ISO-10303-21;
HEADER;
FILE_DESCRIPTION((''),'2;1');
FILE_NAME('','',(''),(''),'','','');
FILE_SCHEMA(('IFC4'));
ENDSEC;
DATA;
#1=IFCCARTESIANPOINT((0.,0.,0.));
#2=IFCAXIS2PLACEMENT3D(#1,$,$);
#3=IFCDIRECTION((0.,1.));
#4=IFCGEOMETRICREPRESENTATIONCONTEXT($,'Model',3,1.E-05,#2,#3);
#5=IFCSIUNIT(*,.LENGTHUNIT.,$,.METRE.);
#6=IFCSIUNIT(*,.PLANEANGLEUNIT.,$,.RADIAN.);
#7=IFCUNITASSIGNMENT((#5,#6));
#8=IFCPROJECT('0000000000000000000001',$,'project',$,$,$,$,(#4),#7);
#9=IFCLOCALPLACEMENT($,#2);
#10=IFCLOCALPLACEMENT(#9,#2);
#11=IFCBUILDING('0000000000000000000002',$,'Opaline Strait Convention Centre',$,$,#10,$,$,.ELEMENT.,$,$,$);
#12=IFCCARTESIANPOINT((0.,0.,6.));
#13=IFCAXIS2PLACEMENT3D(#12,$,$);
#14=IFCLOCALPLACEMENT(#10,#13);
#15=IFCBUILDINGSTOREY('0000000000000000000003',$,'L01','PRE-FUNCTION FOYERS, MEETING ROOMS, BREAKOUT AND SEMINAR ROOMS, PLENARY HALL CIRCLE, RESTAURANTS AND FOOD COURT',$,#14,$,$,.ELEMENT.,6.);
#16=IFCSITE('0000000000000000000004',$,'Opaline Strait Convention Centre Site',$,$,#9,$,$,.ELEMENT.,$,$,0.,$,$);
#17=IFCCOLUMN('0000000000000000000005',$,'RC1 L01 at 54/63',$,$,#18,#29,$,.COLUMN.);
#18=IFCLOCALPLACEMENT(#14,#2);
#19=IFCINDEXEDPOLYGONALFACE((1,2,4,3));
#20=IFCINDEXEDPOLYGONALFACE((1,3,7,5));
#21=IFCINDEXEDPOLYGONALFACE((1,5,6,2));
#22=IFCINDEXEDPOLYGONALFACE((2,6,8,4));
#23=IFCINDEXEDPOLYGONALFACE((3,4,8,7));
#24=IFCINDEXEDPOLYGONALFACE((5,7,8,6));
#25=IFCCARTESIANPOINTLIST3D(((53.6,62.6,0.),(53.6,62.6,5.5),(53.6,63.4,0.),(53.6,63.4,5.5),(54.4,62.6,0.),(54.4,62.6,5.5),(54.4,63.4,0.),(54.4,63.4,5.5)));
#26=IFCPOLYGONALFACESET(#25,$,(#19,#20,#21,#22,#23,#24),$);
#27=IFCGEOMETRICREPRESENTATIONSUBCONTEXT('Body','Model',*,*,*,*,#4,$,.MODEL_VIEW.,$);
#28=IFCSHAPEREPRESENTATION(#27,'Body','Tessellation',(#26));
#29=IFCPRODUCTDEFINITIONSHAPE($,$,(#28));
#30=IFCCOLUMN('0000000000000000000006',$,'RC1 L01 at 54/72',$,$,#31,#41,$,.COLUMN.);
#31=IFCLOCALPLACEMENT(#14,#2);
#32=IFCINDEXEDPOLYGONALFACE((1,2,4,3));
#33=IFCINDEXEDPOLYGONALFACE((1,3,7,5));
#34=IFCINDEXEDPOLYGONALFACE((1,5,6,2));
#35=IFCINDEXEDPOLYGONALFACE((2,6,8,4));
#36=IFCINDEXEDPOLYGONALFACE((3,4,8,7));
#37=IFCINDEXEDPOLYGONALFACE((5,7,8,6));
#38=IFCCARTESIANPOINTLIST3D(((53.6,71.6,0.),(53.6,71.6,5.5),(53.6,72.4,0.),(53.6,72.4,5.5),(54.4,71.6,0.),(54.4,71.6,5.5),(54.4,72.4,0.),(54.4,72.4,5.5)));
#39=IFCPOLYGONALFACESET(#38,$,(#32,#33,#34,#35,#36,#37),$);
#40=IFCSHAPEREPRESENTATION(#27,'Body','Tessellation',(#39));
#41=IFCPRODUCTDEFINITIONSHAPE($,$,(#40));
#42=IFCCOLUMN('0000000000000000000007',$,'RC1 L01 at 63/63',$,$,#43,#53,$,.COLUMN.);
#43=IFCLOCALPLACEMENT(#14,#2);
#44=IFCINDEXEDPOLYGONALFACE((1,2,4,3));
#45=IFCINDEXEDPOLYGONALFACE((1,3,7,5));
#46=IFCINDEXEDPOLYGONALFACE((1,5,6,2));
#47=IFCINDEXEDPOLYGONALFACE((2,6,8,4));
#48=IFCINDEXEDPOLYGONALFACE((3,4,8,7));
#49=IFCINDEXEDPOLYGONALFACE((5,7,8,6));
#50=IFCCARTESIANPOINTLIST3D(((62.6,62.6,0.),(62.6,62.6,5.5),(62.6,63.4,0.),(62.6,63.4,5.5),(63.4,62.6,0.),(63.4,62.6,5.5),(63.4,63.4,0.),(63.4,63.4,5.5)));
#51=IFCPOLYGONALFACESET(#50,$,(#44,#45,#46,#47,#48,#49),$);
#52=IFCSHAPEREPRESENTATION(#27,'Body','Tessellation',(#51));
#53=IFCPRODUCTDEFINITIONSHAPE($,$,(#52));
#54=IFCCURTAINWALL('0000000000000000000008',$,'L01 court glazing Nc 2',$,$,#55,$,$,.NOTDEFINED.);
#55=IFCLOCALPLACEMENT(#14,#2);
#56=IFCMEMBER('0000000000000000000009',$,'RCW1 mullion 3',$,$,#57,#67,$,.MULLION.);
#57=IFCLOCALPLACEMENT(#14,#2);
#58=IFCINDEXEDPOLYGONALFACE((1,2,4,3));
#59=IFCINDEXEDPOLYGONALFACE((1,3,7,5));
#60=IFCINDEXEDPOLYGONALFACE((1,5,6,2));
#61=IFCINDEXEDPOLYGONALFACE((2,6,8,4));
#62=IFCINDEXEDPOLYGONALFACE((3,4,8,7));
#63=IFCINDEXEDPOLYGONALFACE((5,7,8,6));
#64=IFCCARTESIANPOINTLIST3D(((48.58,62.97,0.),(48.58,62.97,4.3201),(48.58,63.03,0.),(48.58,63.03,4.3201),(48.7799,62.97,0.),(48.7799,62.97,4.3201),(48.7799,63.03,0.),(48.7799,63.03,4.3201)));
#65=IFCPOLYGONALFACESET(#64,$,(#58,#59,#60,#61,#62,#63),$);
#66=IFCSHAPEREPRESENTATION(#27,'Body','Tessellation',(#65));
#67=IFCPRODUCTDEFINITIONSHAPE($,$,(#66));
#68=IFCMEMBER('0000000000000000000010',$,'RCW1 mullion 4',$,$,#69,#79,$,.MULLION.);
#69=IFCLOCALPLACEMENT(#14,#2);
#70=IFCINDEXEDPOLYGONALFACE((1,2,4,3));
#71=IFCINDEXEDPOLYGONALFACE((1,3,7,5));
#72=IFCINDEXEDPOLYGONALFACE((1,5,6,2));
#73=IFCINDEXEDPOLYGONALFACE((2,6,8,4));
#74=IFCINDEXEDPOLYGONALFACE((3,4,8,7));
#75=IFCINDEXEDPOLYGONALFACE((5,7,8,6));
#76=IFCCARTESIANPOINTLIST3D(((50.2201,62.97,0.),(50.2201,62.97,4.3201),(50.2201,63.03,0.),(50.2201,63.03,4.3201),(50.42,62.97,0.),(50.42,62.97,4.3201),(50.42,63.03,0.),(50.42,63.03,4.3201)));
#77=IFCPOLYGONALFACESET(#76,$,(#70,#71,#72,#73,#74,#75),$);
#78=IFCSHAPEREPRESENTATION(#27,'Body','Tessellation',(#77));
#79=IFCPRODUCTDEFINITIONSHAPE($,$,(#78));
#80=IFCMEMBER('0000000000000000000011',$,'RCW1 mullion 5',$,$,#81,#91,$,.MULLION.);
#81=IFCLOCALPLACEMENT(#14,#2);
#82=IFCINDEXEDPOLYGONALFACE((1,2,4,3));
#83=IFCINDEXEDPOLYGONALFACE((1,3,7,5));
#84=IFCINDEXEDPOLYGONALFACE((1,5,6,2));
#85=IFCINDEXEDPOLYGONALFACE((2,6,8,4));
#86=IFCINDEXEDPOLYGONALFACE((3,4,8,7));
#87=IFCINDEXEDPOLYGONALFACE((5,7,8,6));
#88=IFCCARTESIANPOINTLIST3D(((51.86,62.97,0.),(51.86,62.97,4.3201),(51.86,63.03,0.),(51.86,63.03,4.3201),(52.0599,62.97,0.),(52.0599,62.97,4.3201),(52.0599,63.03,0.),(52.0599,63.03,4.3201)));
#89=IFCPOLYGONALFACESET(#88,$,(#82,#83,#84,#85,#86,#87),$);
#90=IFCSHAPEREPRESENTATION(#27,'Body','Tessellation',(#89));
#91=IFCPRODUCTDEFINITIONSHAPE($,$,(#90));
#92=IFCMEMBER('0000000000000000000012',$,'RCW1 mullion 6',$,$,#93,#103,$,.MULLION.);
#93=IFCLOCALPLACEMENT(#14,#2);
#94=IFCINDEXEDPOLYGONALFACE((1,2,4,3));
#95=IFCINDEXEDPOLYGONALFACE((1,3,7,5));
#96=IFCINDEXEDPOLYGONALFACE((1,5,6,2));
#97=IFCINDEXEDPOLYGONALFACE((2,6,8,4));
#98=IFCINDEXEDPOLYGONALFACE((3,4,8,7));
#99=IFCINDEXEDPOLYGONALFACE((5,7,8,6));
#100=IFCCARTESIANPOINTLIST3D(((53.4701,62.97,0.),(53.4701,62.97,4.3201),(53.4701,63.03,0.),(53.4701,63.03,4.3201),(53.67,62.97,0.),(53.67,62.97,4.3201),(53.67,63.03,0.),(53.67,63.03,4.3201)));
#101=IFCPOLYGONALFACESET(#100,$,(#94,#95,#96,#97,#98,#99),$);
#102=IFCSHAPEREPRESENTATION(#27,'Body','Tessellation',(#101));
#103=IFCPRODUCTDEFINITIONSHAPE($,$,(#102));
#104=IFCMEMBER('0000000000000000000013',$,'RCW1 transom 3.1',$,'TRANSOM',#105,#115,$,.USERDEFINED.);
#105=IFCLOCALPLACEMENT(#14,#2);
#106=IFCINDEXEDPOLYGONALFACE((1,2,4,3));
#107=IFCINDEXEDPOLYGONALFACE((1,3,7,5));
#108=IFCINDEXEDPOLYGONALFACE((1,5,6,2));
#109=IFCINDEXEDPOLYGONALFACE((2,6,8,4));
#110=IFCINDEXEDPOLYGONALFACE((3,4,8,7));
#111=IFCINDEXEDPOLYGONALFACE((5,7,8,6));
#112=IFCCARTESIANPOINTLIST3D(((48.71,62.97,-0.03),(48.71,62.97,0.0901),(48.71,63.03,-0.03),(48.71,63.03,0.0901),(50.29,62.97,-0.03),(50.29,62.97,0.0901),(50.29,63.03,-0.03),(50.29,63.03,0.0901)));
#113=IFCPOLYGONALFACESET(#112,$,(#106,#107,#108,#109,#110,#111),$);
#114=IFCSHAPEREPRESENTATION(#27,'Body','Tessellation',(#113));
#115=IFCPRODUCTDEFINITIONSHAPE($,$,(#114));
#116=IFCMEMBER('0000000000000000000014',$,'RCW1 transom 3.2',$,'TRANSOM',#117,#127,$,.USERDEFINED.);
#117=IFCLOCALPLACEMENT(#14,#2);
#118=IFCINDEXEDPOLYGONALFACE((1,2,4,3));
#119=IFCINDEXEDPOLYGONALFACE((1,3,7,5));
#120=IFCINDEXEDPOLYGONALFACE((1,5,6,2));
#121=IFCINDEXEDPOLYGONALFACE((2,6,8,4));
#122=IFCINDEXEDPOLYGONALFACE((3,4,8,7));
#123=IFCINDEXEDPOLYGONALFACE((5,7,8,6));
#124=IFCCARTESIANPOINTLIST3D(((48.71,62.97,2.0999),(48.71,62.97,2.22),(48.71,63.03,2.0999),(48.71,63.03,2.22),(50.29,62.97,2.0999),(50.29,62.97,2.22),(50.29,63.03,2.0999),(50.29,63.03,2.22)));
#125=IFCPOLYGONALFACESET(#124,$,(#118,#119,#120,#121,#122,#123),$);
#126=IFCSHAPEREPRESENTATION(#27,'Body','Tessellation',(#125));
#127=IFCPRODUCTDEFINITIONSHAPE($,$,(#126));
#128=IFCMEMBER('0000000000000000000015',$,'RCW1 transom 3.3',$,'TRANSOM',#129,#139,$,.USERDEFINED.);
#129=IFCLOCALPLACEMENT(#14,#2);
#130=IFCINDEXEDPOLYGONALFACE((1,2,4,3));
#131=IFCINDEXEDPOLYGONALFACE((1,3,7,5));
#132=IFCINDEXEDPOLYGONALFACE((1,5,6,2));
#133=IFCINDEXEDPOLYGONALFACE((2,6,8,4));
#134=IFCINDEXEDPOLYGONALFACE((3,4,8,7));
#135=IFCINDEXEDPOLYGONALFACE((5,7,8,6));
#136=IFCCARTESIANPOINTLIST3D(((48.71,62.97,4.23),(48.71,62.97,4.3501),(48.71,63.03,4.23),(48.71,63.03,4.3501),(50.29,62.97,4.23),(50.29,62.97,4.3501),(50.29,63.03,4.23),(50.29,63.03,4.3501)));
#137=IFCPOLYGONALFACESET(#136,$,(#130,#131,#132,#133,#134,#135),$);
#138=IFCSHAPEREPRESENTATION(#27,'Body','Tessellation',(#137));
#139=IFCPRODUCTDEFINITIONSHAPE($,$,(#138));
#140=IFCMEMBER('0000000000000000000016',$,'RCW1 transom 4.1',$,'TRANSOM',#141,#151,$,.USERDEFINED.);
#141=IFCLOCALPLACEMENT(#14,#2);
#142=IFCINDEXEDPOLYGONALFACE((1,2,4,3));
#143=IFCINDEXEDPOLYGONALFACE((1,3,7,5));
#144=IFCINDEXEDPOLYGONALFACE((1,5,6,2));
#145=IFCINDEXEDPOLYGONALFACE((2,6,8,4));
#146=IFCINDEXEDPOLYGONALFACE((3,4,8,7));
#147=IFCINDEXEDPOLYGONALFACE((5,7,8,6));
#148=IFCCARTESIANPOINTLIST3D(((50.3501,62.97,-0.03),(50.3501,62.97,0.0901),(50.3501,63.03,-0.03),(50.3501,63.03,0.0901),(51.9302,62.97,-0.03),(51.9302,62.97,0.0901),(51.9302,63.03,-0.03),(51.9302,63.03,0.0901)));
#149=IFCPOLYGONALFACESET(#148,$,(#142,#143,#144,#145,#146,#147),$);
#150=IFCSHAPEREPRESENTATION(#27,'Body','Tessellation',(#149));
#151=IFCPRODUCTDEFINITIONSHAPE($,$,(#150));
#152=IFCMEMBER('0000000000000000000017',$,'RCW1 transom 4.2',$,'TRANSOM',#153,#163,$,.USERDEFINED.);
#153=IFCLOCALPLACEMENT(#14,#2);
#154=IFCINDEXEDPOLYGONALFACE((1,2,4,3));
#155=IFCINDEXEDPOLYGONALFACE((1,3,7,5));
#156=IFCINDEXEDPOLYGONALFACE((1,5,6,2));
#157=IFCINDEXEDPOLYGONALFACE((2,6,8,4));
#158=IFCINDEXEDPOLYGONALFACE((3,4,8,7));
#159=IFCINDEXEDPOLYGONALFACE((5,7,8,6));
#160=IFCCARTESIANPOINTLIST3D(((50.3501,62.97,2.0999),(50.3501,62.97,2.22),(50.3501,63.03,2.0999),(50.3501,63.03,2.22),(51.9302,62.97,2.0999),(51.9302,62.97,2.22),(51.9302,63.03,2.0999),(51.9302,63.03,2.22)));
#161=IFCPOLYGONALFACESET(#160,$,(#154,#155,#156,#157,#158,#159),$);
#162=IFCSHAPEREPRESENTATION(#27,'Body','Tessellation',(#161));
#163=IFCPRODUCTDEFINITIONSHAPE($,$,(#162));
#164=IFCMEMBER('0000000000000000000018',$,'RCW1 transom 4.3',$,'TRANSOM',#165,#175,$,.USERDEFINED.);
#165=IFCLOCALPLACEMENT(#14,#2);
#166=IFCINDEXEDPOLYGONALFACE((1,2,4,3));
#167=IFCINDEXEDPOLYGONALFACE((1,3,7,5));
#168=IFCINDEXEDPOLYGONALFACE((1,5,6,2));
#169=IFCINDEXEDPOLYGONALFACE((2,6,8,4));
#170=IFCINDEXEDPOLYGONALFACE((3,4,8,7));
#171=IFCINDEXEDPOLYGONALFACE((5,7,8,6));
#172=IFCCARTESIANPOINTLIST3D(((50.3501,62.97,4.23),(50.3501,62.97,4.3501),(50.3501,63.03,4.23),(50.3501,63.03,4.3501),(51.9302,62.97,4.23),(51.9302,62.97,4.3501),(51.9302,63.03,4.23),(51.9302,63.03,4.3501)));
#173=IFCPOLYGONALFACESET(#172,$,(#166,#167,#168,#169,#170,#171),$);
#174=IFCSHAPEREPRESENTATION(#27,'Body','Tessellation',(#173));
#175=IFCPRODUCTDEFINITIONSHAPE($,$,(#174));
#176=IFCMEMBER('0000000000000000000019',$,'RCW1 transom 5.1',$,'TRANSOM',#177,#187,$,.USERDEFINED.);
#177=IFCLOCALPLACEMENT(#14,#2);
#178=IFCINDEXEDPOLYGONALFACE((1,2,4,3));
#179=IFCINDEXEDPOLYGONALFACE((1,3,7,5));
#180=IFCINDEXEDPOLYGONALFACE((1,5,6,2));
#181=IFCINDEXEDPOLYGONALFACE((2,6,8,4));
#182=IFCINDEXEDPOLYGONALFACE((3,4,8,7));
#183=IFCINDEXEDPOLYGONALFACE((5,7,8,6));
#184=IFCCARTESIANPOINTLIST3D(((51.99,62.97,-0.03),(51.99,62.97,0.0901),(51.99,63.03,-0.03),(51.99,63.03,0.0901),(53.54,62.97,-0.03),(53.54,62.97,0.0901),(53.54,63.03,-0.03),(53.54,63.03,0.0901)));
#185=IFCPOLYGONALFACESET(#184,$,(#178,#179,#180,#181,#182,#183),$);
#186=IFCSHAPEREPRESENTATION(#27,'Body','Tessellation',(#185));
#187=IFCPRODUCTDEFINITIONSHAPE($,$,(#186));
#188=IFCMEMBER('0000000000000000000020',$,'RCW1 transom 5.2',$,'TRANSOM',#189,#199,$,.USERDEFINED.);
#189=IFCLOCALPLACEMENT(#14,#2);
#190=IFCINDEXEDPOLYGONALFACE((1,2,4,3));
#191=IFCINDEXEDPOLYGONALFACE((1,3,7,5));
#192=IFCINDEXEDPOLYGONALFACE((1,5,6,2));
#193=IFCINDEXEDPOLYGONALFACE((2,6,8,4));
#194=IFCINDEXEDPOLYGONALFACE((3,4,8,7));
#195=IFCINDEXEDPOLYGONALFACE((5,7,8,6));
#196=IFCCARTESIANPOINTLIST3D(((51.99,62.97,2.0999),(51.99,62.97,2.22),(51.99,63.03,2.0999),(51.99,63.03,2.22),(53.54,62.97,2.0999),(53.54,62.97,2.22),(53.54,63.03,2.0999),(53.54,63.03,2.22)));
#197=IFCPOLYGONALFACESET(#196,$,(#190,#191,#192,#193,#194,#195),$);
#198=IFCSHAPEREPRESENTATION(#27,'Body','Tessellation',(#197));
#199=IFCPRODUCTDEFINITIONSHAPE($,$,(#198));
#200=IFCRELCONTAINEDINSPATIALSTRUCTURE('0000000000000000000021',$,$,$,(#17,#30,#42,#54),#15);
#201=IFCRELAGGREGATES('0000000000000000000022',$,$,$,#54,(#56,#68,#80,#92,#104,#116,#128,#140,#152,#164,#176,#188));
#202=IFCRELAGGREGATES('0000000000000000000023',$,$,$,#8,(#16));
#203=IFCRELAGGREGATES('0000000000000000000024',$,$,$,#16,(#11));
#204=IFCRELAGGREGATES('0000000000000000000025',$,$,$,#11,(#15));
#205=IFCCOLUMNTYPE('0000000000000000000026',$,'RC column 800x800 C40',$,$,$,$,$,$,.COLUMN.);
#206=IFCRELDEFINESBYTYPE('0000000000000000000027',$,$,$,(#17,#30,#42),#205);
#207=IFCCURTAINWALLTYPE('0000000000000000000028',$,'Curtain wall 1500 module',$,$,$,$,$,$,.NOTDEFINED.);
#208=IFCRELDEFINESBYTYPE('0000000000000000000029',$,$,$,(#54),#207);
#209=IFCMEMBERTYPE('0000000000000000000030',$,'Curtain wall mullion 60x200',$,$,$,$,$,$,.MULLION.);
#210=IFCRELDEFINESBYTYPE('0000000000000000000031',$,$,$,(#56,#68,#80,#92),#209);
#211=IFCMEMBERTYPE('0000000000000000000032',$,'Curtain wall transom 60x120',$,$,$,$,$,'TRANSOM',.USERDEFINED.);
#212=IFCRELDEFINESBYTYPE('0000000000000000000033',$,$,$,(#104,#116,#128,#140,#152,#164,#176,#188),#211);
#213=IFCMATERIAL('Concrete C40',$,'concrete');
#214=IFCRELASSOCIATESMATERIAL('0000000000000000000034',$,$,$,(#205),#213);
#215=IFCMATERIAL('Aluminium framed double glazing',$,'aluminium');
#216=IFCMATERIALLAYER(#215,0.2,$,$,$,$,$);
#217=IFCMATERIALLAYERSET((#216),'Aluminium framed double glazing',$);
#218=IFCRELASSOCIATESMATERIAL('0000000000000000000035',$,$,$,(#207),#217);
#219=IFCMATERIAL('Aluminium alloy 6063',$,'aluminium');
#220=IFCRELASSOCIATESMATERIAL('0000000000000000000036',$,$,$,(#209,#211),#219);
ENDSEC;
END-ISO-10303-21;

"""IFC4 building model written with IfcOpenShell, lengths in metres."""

from ifc_helpers import new_model, si_unit, direction, frame, origin, origin_2d, place, context, subcontext, project, spatial, rectangle, extrude, material, layer, layer_set, material_profile, profile_set, type_object, element, aggregate, save


model = new_model("IFC4")

# Units and contexts
model_context = context("Model", 3, precision=1e-05, world=origin(), true_north=direction((0.0, 1.0)))
body_context = subcontext(model_context, "Body", "Model", "MODEL_VIEW")
ifc_project = project(units=[si_unit("LENGTHUNIT", "METRE"), si_unit("PLANEANGLEUNIT", "RADIAN")], contexts=[model_context])

# Site, building, storey
site_placement = place(None, origin())
site = spatial("IfcSite", under=ifc_project, at=site_placement, Name="Opaline Strait Convention Centre Site", CompositionType="ELEMENT", RefElevation=0.0)
building_placement = place(site_placement, origin())
building = spatial("IfcBuilding", under=site, at=building_placement, Name="Opaline Strait Convention Centre", CompositionType="ELEMENT")
storey_placement = place(building_placement, frame((0.0, 0.0, 6.0)))
storey = spatial("IfcBuildingStorey", under=building, at=storey_placement, Name="L01", Description="PRE-FUNCTION FOYERS, MEETING ROOMS, BREAKOUT AND SEMINAR ROOMS, PLENARY HALL CIRCLE, RESTAURANTS AND FOOD COURT", CompositionType="ELEMENT", Elevation=6.0)

# Columns
ifc_material_1 = material(Name="Concrete C40", Category="concrete")
ifc_material_profile_1 = material_profile(ifc_material_1, rectangle(XDim=0.8, YDim=0.8, at=origin_2d()), Name="RC 800x800")
ifc_profile_set_1 = profile_set([ifc_material_profile_1], Name="Concrete C40")
column_type = type_object("IfcColumnType", Name="RC column 800x800 C40", PredefinedType="COLUMN", material=ifc_profile_set_1)
for number, where, z_axis, x_axis, name in (
    (1, (54.0, 63.0, 0.0), (0.0, 0.0, 1.0), (1.0, 0.0, 0.0), "RC1 L01 at 54/63"),
    (2, (54.0, 72.0, 0.0), (0.0, 0.0, 1.0), (1.0, 0.0, 0.0), "RC1 L01 at 54/72"),
    (3, (63.0, 63.0, 0.0), (0.0, 0.0, 1.0), (1.0, 0.0, 0.0), "RC1 L01 at 63/63"),
):
    element("IfcColumn", number, at=place(storey_placement, frame(where, z_axis=z_axis, x_axis=x_axis)), inside=storey, type_object=column_type, Name=name, PredefinedType="COLUMN", context=body_context, shape_type="SweptSolid", body=[
        extrude(rectangle(XDim=0.8, YDim=0.8, at=origin_2d()), origin(), (0.0, 0.0, 1.0), 5.5),
    ])

# Curtain wall, members
ifc_material_2 = material(Name="Aluminium framed double glazing", Category="aluminium")
ifc_layer_1 = layer(ifc_material_2, 0.2)
ifc_layer_set_1 = layer_set([ifc_layer_1], Name="Aluminium framed double glazing")
curtain_wall_type = type_object("IfcCurtainWallType", Name="Curtain wall 1500 module", PredefinedType="NOTDEFINED", material=ifc_layer_set_1)
curtain_wall_placement = place(storey_placement, origin())
curtain_wall = element("IfcCurtainWall", 4, at=curtain_wall_placement, inside=storey, type_object=curtain_wall_type, Name="L01 court glazing Nc 2", PredefinedType="NOTDEFINED")
ifc_material_3 = material(Name="Aluminium alloy 6063", Category="aluminium")
ifc_material_profile_2 = material_profile(ifc_material_3, rectangle(XDim=0.0601, YDim=0.2, at=origin_2d()), Name="Curtain wall mullion 60x200")
ifc_profile_set_2 = profile_set([ifc_material_profile_2], Name="Aluminium alloy 6063")
member_type_1 = type_object("IfcMemberType", Name="Curtain wall mullion 60x200", PredefinedType="MULLION", material=ifc_profile_set_2)
member_1_placement = place(storey_placement, frame((48.6799, 63.0, 0.0), z_axis=(0.0, 0.0, 1.0), x_axis=(0.0, 1.0, 0.0)))
member_1 = element("IfcMember", 5, at=member_1_placement, type_object=member_type_1, Name="RCW1 mullion 3", PredefinedType="MULLION", context=body_context, shape_type="SweptSolid", body=[
    extrude(rectangle(XDim=0.0601, YDim=0.2, at=origin_2d()), origin(), (0.0, 0.0, 1.0), 4.3201),
])
member_2_placement = place(storey_placement, frame((50.3201, 63.0, 0.0), z_axis=(0.0, 0.0, 1.0), x_axis=(0.0, 1.0, 0.0)))
member_2 = element("IfcMember", 6, at=member_2_placement, type_object=member_type_1, Name="RCW1 mullion 4", PredefinedType="MULLION", context=body_context, shape_type="SweptSolid", body=[
    extrude(rectangle(XDim=0.0601, YDim=0.2, at=origin_2d()), origin(), (0.0, 0.0, 1.0), 4.3201),
])
member_3_placement = place(storey_placement, frame((51.96, 63.0, 0.0), z_axis=(0.0, 0.0, 1.0), x_axis=(0.0, 1.0, 0.0)))
member_3 = element("IfcMember", 7, at=member_3_placement, type_object=member_type_1, Name="RCW1 mullion 5", PredefinedType="MULLION", context=body_context, shape_type="SweptSolid", body=[
    extrude(rectangle(XDim=0.0601, YDim=0.2, at=origin_2d()), origin(), (0.0, 0.0, 1.0), 4.3201),
])
member_4_placement = place(storey_placement, frame((53.5701, 63.0, 0.0), z_axis=(0.0, 0.0, 1.0), x_axis=(0.0, 1.0, 0.0)))
member_4 = element("IfcMember", 8, at=member_4_placement, type_object=member_type_1, Name="RCW1 mullion 6", PredefinedType="MULLION", context=body_context, shape_type="SweptSolid", body=[
    extrude(rectangle(XDim=0.0601, YDim=0.2, at=origin_2d()), origin(), (0.0, 0.0, 1.0), 4.3201),
])
ifc_material_profile_3 = material_profile(ifc_material_3, rectangle(XDim=0.0601, YDim=0.1201, at=origin_2d()), Name="Curtain wall transom 60x120")
ifc_profile_set_3 = profile_set([ifc_material_profile_3], Name="Aluminium alloy 6063")
member_type_2 = type_object("IfcMemberType", Name="Curtain wall transom 60x120", ElementType="TRANSOM", PredefinedType="USERDEFINED", material=ifc_profile_set_3)
member_5_placement = place(storey_placement, frame((48.71, 63.0, 0.03), z_axis=(1.0, 0.0, 0.0), x_axis=(0.0, 1.0, 0.0)))
member_5 = element("IfcMember", 9, at=member_5_placement, type_object=member_type_2, Name="RCW1 transom 3.1", ObjectType="TRANSOM", PredefinedType="USERDEFINED", context=body_context, shape_type="SweptSolid", body=[
    extrude(rectangle(XDim=0.0601, YDim=0.1201, at=origin_2d()), origin(), (0.0, 0.0, 1.0), 1.5801),
])
member_6_placement = place(storey_placement, frame((48.71, 63.0, 2.1599), z_axis=(1.0, 0.0, 0.0), x_axis=(0.0, 1.0, 0.0)))
member_6 = element("IfcMember", 10, at=member_6_placement, type_object=member_type_2, Name="RCW1 transom 3.2", ObjectType="TRANSOM", PredefinedType="USERDEFINED", context=body_context, shape_type="SweptSolid", body=[
    extrude(rectangle(XDim=0.0601, YDim=0.1201, at=origin_2d()), origin(), (0.0, 0.0, 1.0), 1.5801),
])
member_7_placement = place(storey_placement, frame((48.71, 63.0, 4.29), z_axis=(1.0, 0.0, 0.0), x_axis=(0.0, 1.0, 0.0)))
member_7 = element("IfcMember", 11, at=member_7_placement, type_object=member_type_2, Name="RCW1 transom 3.3", ObjectType="TRANSOM", PredefinedType="USERDEFINED", context=body_context, shape_type="SweptSolid", body=[
    extrude(rectangle(XDim=0.0601, YDim=0.1201, at=origin_2d()), origin(), (0.0, 0.0, 1.0), 1.5801),
])
member_8_placement = place(storey_placement, frame((50.3501, 63.0, 0.03), z_axis=(1.0, 0.0, 0.0), x_axis=(0.0, 1.0, 0.0)))
member_8 = element("IfcMember", 12, at=member_8_placement, type_object=member_type_2, Name="RCW1 transom 4.1", ObjectType="TRANSOM", PredefinedType="USERDEFINED", context=body_context, shape_type="SweptSolid", body=[
    extrude(rectangle(XDim=0.0601, YDim=0.1201, at=origin_2d()), origin(), (0.0, 0.0, 1.0), 1.5801),
])
member_9_placement = place(storey_placement, frame((50.3501, 63.0, 2.1599), z_axis=(1.0, 0.0, 0.0), x_axis=(0.0, 1.0, 0.0)))
member_9 = element("IfcMember", 13, at=member_9_placement, type_object=member_type_2, Name="RCW1 transom 4.2", ObjectType="TRANSOM", PredefinedType="USERDEFINED", context=body_context, shape_type="SweptSolid", body=[
    extrude(rectangle(XDim=0.0601, YDim=0.1201, at=origin_2d()), origin(), (0.0, 0.0, 1.0), 1.5801),
])
member_10_placement = place(storey_placement, frame((50.3501, 63.0, 4.29), z_axis=(1.0, 0.0, 0.0), x_axis=(0.0, 1.0, 0.0)))
member_10 = element("IfcMember", 14, at=member_10_placement, type_object=member_type_2, Name="RCW1 transom 4.3", ObjectType="TRANSOM", PredefinedType="USERDEFINED", context=body_context, shape_type="SweptSolid", body=[
    extrude(rectangle(XDim=0.0601, YDim=0.1201, at=origin_2d()), origin(), (0.0, 0.0, 1.0), 1.5801),
])
member_11_placement = place(storey_placement, frame((51.99, 63.0, 0.03), z_axis=(1.0, 0.0, 0.0), x_axis=(0.0, 1.0, 0.0)))
member_11 = element("IfcMember", 15, at=member_11_placement, type_object=member_type_2, Name="RCW1 transom 5.1", ObjectType="TRANSOM", PredefinedType="USERDEFINED", context=body_context, shape_type="SweptSolid", body=[
    extrude(rectangle(XDim=0.0601, YDim=0.1201, at=origin_2d()), origin(), (0.0, 0.0, 1.0), 1.55),
])
member_12_placement = place(storey_placement, frame((51.99, 63.0, 2.1599), z_axis=(1.0, 0.0, 0.0), x_axis=(0.0, 1.0, 0.0)))
member_12 = element("IfcMember", 16, at=member_12_placement, type_object=member_type_2, Name="RCW1 transom 5.2", ObjectType="TRANSOM", PredefinedType="USERDEFINED", context=body_context, shape_type="SweptSolid", body=[
    extrude(rectangle(XDim=0.0601, YDim=0.1201, at=origin_2d()), origin(), (0.0, 0.0, 1.0), 1.55),
])

aggregate(curtain_wall, [member_1, member_2, member_3, member_4, member_5, member_6, member_7, member_8, member_9, member_10, member_11, member_12])

save(model, "model.ifc")
